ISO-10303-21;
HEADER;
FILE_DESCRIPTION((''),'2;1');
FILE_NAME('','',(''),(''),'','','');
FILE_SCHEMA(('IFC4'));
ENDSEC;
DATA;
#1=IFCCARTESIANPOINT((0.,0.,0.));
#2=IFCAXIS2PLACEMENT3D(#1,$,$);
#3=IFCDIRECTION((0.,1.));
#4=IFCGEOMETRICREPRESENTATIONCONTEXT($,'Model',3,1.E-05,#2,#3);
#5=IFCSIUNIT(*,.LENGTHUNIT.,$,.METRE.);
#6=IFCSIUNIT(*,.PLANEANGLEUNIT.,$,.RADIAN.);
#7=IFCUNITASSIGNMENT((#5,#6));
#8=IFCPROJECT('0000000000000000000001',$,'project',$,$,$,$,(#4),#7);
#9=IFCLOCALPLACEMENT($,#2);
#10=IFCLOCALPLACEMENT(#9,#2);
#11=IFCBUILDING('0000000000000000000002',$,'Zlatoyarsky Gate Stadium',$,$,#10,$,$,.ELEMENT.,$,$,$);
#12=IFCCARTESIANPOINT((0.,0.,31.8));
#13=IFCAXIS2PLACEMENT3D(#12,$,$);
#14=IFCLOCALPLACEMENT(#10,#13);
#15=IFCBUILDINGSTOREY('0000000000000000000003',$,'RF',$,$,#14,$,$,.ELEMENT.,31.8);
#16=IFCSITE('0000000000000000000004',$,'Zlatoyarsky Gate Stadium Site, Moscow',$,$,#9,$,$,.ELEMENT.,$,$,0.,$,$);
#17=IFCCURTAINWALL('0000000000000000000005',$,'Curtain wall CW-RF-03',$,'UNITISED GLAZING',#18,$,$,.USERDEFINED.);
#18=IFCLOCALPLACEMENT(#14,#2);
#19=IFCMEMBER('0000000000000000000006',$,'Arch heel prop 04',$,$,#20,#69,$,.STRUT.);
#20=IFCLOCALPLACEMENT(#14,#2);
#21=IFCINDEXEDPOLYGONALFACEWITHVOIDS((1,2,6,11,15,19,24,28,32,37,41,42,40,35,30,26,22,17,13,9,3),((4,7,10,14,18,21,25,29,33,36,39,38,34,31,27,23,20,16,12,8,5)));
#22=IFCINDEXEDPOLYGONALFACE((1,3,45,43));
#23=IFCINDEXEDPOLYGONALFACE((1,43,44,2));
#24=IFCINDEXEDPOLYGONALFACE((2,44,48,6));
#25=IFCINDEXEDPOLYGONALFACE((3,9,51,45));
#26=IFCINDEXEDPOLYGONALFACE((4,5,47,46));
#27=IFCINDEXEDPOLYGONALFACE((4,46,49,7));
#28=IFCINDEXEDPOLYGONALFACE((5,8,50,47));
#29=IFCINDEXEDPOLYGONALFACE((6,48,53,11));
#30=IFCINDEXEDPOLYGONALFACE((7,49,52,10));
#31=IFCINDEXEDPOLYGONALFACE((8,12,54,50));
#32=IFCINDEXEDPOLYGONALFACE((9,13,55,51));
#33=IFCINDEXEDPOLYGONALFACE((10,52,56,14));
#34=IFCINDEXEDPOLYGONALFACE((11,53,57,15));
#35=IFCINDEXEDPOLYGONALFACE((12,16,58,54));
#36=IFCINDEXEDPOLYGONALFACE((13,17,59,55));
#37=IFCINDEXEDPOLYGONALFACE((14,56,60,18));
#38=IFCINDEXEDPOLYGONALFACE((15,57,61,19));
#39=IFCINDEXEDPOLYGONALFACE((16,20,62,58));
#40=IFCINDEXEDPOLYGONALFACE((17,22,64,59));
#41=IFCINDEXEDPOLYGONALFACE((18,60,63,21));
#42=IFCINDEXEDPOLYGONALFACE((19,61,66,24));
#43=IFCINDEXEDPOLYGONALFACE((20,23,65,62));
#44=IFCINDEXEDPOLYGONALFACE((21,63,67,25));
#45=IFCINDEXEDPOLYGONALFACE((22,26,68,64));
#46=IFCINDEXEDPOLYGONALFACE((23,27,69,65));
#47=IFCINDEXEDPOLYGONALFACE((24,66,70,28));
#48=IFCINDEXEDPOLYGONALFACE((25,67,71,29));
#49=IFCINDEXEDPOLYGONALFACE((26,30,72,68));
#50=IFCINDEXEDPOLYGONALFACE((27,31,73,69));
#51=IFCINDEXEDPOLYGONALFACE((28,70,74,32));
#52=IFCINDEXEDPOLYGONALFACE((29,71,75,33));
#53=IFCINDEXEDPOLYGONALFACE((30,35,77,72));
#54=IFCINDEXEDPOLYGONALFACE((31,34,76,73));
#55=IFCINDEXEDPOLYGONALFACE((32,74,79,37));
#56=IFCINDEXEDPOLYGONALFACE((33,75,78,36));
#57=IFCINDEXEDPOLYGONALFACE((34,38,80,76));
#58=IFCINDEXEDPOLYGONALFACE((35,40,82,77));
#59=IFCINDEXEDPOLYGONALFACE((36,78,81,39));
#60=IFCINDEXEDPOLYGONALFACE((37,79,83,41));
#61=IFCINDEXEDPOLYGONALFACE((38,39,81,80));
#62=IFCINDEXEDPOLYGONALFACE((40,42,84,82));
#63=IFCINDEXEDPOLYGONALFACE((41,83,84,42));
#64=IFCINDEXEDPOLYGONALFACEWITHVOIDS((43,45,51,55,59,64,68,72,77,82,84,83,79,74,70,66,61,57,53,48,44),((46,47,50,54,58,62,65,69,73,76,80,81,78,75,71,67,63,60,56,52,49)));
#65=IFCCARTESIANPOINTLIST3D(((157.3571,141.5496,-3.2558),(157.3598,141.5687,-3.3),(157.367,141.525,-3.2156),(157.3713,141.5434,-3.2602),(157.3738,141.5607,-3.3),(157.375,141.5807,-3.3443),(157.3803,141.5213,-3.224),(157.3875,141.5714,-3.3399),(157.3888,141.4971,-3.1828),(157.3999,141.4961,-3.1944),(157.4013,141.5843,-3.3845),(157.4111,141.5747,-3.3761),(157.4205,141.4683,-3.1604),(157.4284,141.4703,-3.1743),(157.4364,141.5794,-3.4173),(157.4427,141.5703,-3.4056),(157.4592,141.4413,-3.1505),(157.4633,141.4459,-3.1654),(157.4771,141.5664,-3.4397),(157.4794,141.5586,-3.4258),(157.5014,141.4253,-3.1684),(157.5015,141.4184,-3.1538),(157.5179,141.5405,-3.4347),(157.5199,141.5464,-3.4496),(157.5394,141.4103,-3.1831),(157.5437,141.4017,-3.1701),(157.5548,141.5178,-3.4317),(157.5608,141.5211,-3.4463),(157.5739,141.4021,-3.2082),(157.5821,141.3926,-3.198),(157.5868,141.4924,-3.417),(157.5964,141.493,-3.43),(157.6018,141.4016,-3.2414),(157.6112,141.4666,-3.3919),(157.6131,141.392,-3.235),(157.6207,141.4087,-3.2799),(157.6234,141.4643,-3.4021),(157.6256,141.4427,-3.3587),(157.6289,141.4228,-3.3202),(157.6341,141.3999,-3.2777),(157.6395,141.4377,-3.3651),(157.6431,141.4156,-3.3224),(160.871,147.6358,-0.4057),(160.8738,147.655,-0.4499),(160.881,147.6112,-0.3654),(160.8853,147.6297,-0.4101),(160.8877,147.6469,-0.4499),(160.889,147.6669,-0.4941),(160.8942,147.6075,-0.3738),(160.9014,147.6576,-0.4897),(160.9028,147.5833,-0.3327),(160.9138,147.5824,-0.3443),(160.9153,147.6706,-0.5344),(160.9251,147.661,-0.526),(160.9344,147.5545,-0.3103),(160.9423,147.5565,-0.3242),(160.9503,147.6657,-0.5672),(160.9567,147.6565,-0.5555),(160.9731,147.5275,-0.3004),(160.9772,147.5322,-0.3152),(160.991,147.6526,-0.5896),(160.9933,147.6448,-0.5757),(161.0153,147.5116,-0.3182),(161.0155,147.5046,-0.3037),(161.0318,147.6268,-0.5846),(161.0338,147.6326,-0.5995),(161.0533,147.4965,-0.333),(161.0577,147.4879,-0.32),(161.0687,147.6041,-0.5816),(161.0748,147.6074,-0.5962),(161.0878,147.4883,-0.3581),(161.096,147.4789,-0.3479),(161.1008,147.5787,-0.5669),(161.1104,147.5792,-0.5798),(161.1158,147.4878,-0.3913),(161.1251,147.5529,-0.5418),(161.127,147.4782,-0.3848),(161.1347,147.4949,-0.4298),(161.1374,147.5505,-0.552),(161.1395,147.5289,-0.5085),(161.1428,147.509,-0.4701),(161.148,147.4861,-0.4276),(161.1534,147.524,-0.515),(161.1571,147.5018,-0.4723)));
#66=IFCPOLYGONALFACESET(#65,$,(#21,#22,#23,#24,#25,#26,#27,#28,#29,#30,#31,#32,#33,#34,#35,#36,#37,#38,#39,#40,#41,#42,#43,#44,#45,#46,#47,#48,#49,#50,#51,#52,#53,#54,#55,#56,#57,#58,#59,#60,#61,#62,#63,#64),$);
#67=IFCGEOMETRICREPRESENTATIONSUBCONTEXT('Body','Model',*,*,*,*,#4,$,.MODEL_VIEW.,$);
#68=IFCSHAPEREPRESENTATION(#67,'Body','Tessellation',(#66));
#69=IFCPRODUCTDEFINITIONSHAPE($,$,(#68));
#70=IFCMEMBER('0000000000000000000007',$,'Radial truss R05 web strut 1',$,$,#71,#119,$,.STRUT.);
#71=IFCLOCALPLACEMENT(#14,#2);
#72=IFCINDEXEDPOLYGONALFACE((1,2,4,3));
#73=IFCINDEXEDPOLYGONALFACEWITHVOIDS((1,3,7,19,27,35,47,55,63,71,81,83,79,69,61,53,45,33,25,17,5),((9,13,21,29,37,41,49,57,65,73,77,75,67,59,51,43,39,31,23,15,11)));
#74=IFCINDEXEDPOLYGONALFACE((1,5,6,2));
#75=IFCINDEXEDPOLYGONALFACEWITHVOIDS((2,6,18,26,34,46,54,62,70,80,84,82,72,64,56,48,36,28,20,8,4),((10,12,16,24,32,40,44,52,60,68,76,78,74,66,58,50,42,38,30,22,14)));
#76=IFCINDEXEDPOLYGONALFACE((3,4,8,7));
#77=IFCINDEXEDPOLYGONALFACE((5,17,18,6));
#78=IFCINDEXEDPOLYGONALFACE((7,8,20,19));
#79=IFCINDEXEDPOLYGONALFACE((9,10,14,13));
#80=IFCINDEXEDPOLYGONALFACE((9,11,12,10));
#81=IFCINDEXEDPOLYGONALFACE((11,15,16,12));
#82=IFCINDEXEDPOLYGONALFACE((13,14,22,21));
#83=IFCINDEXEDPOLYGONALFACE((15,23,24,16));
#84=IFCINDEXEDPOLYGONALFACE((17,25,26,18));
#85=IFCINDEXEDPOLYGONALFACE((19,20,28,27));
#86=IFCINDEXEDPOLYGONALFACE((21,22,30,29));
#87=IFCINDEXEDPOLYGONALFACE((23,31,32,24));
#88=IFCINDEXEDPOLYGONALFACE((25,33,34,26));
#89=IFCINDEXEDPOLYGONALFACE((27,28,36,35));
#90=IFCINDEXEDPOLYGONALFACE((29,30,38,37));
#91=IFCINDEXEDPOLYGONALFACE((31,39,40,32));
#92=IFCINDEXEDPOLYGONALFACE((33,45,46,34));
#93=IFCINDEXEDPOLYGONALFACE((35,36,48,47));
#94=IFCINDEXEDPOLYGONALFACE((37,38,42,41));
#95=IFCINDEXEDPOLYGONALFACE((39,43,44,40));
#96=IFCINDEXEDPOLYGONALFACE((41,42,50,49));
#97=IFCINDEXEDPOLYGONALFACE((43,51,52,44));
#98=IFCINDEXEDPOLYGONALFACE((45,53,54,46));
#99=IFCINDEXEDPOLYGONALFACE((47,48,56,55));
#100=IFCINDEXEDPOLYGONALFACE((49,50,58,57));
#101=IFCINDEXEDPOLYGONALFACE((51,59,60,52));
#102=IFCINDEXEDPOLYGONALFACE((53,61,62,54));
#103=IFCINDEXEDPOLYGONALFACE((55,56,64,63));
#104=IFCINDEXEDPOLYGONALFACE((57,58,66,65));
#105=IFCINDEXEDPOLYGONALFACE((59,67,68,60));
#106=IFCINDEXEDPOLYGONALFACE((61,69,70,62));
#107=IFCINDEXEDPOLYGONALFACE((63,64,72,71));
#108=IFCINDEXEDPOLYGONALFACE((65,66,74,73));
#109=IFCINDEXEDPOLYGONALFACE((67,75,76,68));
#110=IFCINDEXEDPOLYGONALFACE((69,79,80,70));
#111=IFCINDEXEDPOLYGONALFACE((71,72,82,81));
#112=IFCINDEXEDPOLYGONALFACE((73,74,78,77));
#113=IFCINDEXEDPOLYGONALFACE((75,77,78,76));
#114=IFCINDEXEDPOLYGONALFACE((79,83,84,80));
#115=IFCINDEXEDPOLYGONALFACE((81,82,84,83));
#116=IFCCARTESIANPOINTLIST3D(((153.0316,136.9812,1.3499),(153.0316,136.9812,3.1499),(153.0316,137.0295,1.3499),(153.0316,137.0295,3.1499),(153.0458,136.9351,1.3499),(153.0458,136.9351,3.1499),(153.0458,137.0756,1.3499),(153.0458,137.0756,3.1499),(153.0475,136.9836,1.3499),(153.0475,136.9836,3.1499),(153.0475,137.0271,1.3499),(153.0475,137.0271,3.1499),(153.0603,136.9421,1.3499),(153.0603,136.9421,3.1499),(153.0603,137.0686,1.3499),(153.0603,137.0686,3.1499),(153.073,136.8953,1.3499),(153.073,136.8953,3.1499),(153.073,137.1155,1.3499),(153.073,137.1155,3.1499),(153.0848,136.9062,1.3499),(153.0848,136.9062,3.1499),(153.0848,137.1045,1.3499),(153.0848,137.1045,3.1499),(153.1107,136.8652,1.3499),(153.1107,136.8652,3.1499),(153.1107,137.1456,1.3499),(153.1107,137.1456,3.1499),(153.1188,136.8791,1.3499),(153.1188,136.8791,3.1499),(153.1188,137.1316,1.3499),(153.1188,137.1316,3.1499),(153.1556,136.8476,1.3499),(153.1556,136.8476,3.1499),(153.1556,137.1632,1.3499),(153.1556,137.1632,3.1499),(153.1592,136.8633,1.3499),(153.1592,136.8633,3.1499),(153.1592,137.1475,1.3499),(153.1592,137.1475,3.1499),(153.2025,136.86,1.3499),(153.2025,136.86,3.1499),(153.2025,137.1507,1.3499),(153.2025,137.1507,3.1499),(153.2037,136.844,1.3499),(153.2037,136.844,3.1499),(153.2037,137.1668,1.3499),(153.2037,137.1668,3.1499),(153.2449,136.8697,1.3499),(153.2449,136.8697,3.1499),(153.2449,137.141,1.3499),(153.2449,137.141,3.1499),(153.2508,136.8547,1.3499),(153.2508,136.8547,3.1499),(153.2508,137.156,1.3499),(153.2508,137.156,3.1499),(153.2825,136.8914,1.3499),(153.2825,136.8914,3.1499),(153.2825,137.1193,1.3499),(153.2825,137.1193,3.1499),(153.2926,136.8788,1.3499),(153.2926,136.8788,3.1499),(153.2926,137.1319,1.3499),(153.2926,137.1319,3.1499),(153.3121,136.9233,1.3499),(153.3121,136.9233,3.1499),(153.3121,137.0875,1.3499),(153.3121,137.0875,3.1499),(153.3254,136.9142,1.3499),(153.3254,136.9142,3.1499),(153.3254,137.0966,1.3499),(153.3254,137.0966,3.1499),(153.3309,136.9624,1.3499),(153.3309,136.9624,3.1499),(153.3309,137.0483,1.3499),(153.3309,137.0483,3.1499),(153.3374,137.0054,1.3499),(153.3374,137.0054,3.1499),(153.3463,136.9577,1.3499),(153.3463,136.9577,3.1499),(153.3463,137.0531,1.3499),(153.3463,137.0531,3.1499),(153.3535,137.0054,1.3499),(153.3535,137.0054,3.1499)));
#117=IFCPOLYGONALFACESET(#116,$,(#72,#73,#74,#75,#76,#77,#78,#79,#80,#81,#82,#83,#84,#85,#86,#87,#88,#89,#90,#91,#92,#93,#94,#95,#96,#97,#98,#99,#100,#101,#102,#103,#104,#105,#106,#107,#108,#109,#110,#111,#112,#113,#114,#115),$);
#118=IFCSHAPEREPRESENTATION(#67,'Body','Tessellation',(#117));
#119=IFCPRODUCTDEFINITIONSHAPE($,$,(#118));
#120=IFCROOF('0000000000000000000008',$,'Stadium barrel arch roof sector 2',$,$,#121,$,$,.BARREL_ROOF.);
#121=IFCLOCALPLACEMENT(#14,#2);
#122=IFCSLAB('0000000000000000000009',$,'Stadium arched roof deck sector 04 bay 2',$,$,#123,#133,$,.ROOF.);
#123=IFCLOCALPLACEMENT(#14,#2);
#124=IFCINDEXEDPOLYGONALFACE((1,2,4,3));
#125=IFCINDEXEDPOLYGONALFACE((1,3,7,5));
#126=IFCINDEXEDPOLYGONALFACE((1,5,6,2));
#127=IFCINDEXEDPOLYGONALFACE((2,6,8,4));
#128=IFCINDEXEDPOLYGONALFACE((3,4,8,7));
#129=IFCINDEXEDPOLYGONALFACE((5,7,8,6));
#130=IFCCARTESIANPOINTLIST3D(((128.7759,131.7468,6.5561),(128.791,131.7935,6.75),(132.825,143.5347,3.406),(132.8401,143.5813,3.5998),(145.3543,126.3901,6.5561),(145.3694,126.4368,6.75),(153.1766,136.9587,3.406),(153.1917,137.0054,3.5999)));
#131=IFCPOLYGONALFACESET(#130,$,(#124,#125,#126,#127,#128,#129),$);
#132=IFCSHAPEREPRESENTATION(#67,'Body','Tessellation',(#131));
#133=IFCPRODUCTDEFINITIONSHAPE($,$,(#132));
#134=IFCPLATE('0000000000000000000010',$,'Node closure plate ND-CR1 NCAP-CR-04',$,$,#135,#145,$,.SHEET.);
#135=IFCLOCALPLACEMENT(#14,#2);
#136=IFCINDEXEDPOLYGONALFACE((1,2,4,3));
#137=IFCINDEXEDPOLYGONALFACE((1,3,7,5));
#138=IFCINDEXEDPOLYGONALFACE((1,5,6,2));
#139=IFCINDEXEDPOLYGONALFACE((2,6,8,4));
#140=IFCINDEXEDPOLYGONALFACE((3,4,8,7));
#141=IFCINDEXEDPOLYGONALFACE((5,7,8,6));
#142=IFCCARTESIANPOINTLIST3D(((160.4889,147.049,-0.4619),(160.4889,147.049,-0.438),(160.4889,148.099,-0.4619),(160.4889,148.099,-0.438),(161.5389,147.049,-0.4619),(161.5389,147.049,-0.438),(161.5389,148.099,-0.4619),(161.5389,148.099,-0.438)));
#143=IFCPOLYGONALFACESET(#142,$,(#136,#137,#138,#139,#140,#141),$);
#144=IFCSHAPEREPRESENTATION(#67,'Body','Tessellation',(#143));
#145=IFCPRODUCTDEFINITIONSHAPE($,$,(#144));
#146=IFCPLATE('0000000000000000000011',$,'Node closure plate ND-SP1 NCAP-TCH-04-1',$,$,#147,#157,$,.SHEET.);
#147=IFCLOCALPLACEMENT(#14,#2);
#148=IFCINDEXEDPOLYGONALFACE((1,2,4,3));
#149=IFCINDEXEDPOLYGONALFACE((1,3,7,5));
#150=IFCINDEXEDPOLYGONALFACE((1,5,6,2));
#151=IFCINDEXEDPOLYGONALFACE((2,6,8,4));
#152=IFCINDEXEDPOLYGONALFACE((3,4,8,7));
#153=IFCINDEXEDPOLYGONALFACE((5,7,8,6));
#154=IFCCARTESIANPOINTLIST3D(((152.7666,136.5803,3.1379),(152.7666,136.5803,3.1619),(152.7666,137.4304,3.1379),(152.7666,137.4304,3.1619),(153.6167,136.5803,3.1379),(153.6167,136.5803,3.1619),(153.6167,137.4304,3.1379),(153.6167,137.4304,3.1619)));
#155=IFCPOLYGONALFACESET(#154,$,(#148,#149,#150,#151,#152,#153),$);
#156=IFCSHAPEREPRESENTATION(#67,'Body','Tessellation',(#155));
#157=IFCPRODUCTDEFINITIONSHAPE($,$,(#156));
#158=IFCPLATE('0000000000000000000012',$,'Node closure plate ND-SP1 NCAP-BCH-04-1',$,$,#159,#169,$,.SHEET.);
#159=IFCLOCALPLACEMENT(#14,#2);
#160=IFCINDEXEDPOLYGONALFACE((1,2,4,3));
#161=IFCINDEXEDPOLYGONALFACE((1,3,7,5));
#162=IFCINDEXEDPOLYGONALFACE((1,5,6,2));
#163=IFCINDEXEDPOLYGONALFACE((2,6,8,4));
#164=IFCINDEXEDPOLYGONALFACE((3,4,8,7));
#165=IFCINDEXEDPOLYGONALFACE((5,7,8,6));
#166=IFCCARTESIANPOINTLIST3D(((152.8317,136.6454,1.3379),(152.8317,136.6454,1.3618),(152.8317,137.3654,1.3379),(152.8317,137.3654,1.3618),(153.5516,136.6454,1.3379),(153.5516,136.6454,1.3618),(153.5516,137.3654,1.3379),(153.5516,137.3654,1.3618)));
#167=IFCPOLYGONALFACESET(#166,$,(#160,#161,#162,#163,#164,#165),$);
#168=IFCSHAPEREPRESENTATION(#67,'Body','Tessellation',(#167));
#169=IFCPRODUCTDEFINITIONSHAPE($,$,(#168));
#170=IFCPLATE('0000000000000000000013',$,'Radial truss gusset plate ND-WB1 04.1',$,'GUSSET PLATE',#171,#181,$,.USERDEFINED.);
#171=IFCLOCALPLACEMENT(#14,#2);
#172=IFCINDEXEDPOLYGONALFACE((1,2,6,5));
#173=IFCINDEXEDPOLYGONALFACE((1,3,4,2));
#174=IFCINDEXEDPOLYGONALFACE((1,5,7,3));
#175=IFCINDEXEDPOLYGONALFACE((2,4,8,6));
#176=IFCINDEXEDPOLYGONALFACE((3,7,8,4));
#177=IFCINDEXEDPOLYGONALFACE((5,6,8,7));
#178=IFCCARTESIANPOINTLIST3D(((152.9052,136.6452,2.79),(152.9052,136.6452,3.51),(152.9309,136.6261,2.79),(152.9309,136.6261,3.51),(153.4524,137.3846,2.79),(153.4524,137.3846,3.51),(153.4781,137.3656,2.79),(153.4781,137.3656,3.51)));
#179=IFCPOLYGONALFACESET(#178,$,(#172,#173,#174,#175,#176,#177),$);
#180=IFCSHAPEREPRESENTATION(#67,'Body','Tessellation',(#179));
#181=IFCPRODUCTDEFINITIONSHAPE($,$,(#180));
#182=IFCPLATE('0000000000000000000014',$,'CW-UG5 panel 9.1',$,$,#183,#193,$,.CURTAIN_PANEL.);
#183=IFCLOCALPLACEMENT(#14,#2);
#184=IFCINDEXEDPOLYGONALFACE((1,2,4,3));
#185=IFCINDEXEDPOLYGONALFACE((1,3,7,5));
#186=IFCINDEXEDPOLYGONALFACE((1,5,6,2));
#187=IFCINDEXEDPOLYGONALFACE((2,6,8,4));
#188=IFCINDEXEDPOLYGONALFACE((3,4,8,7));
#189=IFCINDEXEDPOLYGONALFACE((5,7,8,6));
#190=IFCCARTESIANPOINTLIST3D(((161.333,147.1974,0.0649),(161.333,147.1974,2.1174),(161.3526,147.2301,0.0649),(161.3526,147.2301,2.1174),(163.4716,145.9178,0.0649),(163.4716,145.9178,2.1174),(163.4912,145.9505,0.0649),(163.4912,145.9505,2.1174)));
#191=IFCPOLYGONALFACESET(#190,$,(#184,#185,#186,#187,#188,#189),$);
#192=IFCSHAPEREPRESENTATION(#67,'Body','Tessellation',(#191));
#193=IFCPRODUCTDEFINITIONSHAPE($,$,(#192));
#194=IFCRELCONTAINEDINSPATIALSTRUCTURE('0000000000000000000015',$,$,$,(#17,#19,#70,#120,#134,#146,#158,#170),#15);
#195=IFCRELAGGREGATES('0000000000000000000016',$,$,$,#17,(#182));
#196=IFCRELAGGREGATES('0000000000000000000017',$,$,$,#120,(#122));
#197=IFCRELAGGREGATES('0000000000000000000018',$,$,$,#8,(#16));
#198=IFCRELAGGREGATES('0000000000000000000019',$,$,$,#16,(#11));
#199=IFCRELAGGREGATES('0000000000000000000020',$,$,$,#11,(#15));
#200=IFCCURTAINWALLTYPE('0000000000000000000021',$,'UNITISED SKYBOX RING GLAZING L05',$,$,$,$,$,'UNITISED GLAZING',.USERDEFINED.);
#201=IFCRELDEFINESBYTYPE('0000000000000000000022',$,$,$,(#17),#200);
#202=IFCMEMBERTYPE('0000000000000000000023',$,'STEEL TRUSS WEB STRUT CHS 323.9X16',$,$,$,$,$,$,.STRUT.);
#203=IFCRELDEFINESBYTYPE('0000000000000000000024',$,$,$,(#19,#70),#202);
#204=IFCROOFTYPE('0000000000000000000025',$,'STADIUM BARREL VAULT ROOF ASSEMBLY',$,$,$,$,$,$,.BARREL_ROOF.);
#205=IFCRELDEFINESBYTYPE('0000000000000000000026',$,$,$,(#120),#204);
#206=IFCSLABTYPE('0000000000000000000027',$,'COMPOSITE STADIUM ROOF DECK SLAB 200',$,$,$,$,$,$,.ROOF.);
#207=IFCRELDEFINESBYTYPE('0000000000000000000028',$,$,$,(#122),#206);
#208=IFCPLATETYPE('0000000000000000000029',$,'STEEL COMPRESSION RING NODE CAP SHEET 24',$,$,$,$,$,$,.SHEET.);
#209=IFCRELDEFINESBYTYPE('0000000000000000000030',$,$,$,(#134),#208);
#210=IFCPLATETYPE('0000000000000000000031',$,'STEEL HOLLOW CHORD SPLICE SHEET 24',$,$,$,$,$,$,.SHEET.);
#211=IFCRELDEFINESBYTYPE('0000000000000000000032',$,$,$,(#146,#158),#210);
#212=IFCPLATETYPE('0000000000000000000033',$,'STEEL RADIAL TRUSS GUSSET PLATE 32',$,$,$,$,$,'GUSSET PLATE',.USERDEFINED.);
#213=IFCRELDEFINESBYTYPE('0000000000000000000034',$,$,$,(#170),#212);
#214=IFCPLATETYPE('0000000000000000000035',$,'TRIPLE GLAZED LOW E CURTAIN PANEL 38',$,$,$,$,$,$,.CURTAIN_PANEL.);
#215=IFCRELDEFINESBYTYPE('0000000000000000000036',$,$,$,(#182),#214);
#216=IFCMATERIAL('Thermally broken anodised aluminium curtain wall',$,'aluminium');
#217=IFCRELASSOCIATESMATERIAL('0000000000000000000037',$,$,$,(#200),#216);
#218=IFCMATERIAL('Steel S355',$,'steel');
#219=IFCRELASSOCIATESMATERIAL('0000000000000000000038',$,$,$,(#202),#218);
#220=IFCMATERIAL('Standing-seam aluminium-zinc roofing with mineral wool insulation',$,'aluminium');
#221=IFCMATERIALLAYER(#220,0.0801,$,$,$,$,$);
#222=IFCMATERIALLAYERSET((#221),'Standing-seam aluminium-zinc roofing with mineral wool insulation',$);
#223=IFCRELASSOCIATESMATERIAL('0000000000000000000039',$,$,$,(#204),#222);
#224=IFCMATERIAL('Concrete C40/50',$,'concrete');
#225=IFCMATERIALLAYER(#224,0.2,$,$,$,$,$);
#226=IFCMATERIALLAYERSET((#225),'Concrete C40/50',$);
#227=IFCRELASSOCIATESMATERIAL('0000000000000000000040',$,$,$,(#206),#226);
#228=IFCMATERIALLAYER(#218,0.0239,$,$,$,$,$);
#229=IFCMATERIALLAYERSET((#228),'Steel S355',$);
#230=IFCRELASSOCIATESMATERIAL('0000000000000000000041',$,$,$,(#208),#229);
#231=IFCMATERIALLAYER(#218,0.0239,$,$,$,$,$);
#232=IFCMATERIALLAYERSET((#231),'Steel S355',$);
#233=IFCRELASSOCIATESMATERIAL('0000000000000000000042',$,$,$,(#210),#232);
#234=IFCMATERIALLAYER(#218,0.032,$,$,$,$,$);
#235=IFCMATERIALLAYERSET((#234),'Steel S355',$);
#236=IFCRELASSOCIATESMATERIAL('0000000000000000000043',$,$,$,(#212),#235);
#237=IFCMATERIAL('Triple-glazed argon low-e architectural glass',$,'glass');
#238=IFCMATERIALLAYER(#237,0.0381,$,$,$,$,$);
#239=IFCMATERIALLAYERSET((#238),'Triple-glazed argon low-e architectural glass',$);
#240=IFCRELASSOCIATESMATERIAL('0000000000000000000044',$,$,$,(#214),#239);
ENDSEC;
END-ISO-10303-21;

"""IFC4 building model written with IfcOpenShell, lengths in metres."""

from ifc_helpers import new_model, si_unit, direction, frame, origin, origin_2d, place, context, subcontext, project, spatial, polyline, rectangle, hollow_circle, outline, extrude, material, layer, layer_set, material_profile, profile_set, type_object, element, aggregate, save


model = new_model("IFC4")

# Units and contexts
model_context = context("Model", 3, precision=1e-05, world=origin(), true_north=direction((0.0, 1.0)))
body_context = subcontext(model_context, "Body", "Model", "MODEL_VIEW")
ifc_project = project(units=[si_unit("LENGTHUNIT", "METRE"), si_unit("PLANEANGLEUNIT", "RADIAN")], contexts=[model_context])

# Site, building, storey
site_placement = place(None, origin())
site = spatial("IfcSite", under=ifc_project, at=site_placement, Name="Zlatoyarsky Gate Stadium Site, Moscow", CompositionType="ELEMENT", RefElevation=0.0)
building_placement = place(site_placement, origin())
building = spatial("IfcBuilding", under=site, at=building_placement, Name="Zlatoyarsky Gate Stadium", CompositionType="ELEMENT")
storey_placement = place(building_placement, frame((0.0, 0.0, 31.8)))
storey = spatial("IfcBuildingStorey", under=building, at=storey_placement, Name="RF", CompositionType="ELEMENT", Elevation=31.8)

# Curtain wall
ifc_material_1 = material(Name="Thermally broken anodised aluminium curtain wall", Category="aluminium")
curtain_wall_type = type_object("IfcCurtainWallType", Name="UNITISED SKYBOX RING GLAZING L05", ElementType="UNITISED GLAZING", PredefinedType="USERDEFINED", material=ifc_material_1)
curtain_wall_placement = place(storey_placement, origin())
curtain_wall = element("IfcCurtainWall", 1, at=curtain_wall_placement, inside=storey, type_object=curtain_wall_type, Name="Curtain wall CW-RF-03", ObjectType="UNITISED GLAZING", PredefinedType="USERDEFINED")

# Shared definitions
ifc_material_2 = material(Name="Steel S355", Category="steel")

# Members
ifc_material_profile_1 = material_profile(ifc_material_2, hollow_circle(Radius=0.1619, WallThickness=0.0161, at=origin_2d()), Name="CHS 323.9X16")
ifc_profile_set_1 = profile_set([ifc_material_profile_1], Name="Steel S355")
member_type_1 = type_object("IfcMemberType", Name="STEEL TRUSS WEB STRUT CHS 323.9X16", PredefinedType="STRUT", material=ifc_profile_set_1)
member_1_placement = place(storey_placement, frame((157.5, 141.4878, -3.3), z_axis=(0.463352, 0.802536, 0.37582), x_axis=(-0.866022, 0.500006, 0.0)))
element("IfcMember", 2, at=member_1_placement, inside=storey, type_object=member_type_1, Name="Arch heel prop 04", PredefinedType="STRUT", context=body_context, shape_type="SweptSolid", body=[
    extrude(hollow_circle(Radius=0.1619, WallThickness=0.0161, at=origin_2d()), origin(), (0.0, 0.0, 1.0), 7.5837),
])
member_2_placement = place(storey_placement, frame((153.1917, 137.0054, 1.3499), z_axis=(0.0, 0.0, 1.0), x_axis=(1.0, 0.0, 0.0)))
element("IfcMember", 3, at=member_2_placement, inside=storey, type_object=member_type_1, Name="Radial truss R05 web strut 1", PredefinedType="STRUT", context=body_context, shape_type="SweptSolid", body=[
    extrude(hollow_circle(Radius=0.1619, WallThickness=0.0161, at=origin_2d()), origin(), (0.0, 0.0, 1.0), 1.8),
])

# Roof, slab
ifc_material_3 = material(Name="Standing-seam aluminium-zinc roofing with mineral wool insulation", Category="aluminium")
ifc_layer_1 = layer(ifc_material_3, 0.0801)
ifc_layer_set_1 = layer_set([ifc_layer_1], Name="Standing-seam aluminium-zinc roofing with mineral wool insulation")
roof_type = type_object("IfcRoofType", Name="STADIUM BARREL VAULT ROOF ASSEMBLY", PredefinedType="BARREL_ROOF", material=ifc_layer_set_1)
roof_placement = place(storey_placement, origin())
roof = element("IfcRoof", 4, at=roof_placement, inside=storey, type_object=roof_type, Name="Stadium barrel arch roof sector 2", PredefinedType="BARREL_ROOF")
ifc_material_4 = material(Name="Concrete C40/50", Category="concrete")
ifc_layer_2 = layer(ifc_material_4, 0.2)
ifc_layer_set_2 = layer_set([ifc_layer_2], Name="Concrete C40/50")
slab_type = type_object("IfcSlabType", Name="COMPOSITE STADIUM ROOF DECK SLAB 200", PredefinedType="ROOF", material=ifc_layer_set_2)
slab_placement = place(storey_placement, frame((153.1917, 137.0054, 3.5999), z_axis=(0.075352, 0.233205, 0.969504), x_axis=(-0.95156, 0.307465, 0.0)))
slab = element("IfcSlab", 5, at=slab_placement, type_object=slab_type, Name="Stadium arched roof deck sector 04 bay 2", PredefinedType="ROOF", context=body_context, shape_type="SweptSolid", body=[
    extrude(outline(polyline([(0.0, 0.0), (21.3876, 0.0), (21.6162, 12.8538), (4.1939, 12.8537), (0.0, 0.0)])), origin(), (0.0, 0.0, -1.0), 0.2),
])

# Plates
ifc_layer_3 = layer(ifc_material_2, 0.0239)
ifc_layer_set_3 = layer_set([ifc_layer_3], Name="Steel S355")
plate_type_1 = type_object("IfcPlateType", Name="STEEL COMPRESSION RING NODE CAP SHEET 24", PredefinedType="SHEET", material=ifc_layer_set_3)
plate_1_placement = place(storey_placement, frame((161.0139, 147.574, -0.4619), z_axis=(0.0, 0.0, 1.0), x_axis=(1.0, 0.0, 0.0)))
element("IfcPlate", 6, at=plate_1_placement, inside=storey, type_object=plate_type_1, Name="Node closure plate ND-CR1 NCAP-CR-04", PredefinedType="SHEET", context=body_context, shape_type="SweptSolid", body=[
    extrude(rectangle(XDim=1.05, YDim=1.05, at=origin_2d()), origin(), (0.0, 0.0, 1.0), 0.0239),
])
ifc_layer_4 = layer(ifc_material_2, 0.0239)
ifc_layer_set_4 = layer_set([ifc_layer_4], Name="Steel S355")
plate_type_2 = type_object("IfcPlateType", Name="STEEL HOLLOW CHORD SPLICE SHEET 24", PredefinedType="SHEET", material=ifc_layer_set_4)
plate_2_placement = place(storey_placement, frame((153.1917, 137.0054, 3.1379), z_axis=(0.0, 0.0, 1.0), x_axis=(1.0, 0.0, 0.0)))
element("IfcPlate", 7, at=plate_2_placement, inside=storey, type_object=plate_type_2, Name="Node closure plate ND-SP1 NCAP-TCH-04-1", PredefinedType="SHEET", context=body_context, shape_type="SweptSolid", body=[
    extrude(rectangle(XDim=0.8501, YDim=0.8501, at=origin_2d()), origin(), (0.0, 0.0, 1.0), 0.0239),
])
plate_3_placement = place(storey_placement, frame((153.1917, 137.0054, 1.3379), z_axis=(0.0, 0.0, 1.0), x_axis=(1.0, 0.0, 0.0)))
element("IfcPlate", 8, at=plate_3_placement, inside=storey, type_object=plate_type_2, Name="Node closure plate ND-SP1 NCAP-BCH-04-1", PredefinedType="SHEET", context=body_context, shape_type="SweptSolid", body=[
    extrude(rectangle(XDim=0.72, YDim=0.72, at=origin_2d()), origin(), (0.0, 0.0, 1.0), 0.0239),
])
ifc_layer_5 = layer(ifc_material_2, 0.032)
ifc_layer_set_5 = layer_set([ifc_layer_5], Name="Steel S355")
plate_type_3 = type_object("IfcPlateType", Name="STEEL RADIAL TRUSS GUSSET PLATE 32", ElementType="GUSSET PLATE", PredefinedType="USERDEFINED", material=ifc_layer_set_5)
plate_4_placement = place(storey_placement, frame((153.1917, 137.0054, 2.79), z_axis=(0.0, 0.0, 1.0), x_axis=(-0.594913, -0.80379, 0.0)))
element("IfcPlate", 9, at=plate_4_placement, inside=storey, type_object=plate_type_3, Name="Radial truss gusset plate ND-WB1 04.1", ObjectType="GUSSET PLATE", PredefinedType="USERDEFINED", context=body_context, shape_type="SweptSolid", body=[
    extrude(rectangle(XDim=0.9199, YDim=0.032, at=origin_2d()), origin(), (0.0, 0.0, 1.0), 0.72),
])

# Plate
ifc_material_5 = material(Name="Triple-glazed argon low-e architectural glass", Category="glass")
ifc_layer_6 = layer(ifc_material_5, 0.0381)
ifc_layer_set_6 = layer_set([ifc_layer_6], Name="Triple-glazed argon low-e architectural glass")
plate_type_4 = type_object("IfcPlateType", Name="TRIPLE GLAZED LOW E CURTAIN PANEL 38", PredefinedType="CURTAIN_PANEL", material=ifc_layer_set_6)
plate_5_placement = place(storey_placement, frame((162.4121, 146.574, 0.0649), z_axis=(0.0, 0.0, 1.0), x_axis=(-0.858128, 0.513436, 0.0)))
plate_5 = element("IfcPlate", 10, at=plate_5_placement, type_object=plate_type_4, Name="CW-UG5 panel 9.1", PredefinedType="CURTAIN_PANEL", context=body_context, shape_type="SweptSolid", body=[
    extrude(rectangle(XDim=2.4922, YDim=0.0381, at=origin_2d()), origin(), (0.0, 0.0, 1.0), 2.0525),
])
aggregate(curtain_wall, [plate_5])

aggregate(roof, [slab])

save(model, "model.ifc")
